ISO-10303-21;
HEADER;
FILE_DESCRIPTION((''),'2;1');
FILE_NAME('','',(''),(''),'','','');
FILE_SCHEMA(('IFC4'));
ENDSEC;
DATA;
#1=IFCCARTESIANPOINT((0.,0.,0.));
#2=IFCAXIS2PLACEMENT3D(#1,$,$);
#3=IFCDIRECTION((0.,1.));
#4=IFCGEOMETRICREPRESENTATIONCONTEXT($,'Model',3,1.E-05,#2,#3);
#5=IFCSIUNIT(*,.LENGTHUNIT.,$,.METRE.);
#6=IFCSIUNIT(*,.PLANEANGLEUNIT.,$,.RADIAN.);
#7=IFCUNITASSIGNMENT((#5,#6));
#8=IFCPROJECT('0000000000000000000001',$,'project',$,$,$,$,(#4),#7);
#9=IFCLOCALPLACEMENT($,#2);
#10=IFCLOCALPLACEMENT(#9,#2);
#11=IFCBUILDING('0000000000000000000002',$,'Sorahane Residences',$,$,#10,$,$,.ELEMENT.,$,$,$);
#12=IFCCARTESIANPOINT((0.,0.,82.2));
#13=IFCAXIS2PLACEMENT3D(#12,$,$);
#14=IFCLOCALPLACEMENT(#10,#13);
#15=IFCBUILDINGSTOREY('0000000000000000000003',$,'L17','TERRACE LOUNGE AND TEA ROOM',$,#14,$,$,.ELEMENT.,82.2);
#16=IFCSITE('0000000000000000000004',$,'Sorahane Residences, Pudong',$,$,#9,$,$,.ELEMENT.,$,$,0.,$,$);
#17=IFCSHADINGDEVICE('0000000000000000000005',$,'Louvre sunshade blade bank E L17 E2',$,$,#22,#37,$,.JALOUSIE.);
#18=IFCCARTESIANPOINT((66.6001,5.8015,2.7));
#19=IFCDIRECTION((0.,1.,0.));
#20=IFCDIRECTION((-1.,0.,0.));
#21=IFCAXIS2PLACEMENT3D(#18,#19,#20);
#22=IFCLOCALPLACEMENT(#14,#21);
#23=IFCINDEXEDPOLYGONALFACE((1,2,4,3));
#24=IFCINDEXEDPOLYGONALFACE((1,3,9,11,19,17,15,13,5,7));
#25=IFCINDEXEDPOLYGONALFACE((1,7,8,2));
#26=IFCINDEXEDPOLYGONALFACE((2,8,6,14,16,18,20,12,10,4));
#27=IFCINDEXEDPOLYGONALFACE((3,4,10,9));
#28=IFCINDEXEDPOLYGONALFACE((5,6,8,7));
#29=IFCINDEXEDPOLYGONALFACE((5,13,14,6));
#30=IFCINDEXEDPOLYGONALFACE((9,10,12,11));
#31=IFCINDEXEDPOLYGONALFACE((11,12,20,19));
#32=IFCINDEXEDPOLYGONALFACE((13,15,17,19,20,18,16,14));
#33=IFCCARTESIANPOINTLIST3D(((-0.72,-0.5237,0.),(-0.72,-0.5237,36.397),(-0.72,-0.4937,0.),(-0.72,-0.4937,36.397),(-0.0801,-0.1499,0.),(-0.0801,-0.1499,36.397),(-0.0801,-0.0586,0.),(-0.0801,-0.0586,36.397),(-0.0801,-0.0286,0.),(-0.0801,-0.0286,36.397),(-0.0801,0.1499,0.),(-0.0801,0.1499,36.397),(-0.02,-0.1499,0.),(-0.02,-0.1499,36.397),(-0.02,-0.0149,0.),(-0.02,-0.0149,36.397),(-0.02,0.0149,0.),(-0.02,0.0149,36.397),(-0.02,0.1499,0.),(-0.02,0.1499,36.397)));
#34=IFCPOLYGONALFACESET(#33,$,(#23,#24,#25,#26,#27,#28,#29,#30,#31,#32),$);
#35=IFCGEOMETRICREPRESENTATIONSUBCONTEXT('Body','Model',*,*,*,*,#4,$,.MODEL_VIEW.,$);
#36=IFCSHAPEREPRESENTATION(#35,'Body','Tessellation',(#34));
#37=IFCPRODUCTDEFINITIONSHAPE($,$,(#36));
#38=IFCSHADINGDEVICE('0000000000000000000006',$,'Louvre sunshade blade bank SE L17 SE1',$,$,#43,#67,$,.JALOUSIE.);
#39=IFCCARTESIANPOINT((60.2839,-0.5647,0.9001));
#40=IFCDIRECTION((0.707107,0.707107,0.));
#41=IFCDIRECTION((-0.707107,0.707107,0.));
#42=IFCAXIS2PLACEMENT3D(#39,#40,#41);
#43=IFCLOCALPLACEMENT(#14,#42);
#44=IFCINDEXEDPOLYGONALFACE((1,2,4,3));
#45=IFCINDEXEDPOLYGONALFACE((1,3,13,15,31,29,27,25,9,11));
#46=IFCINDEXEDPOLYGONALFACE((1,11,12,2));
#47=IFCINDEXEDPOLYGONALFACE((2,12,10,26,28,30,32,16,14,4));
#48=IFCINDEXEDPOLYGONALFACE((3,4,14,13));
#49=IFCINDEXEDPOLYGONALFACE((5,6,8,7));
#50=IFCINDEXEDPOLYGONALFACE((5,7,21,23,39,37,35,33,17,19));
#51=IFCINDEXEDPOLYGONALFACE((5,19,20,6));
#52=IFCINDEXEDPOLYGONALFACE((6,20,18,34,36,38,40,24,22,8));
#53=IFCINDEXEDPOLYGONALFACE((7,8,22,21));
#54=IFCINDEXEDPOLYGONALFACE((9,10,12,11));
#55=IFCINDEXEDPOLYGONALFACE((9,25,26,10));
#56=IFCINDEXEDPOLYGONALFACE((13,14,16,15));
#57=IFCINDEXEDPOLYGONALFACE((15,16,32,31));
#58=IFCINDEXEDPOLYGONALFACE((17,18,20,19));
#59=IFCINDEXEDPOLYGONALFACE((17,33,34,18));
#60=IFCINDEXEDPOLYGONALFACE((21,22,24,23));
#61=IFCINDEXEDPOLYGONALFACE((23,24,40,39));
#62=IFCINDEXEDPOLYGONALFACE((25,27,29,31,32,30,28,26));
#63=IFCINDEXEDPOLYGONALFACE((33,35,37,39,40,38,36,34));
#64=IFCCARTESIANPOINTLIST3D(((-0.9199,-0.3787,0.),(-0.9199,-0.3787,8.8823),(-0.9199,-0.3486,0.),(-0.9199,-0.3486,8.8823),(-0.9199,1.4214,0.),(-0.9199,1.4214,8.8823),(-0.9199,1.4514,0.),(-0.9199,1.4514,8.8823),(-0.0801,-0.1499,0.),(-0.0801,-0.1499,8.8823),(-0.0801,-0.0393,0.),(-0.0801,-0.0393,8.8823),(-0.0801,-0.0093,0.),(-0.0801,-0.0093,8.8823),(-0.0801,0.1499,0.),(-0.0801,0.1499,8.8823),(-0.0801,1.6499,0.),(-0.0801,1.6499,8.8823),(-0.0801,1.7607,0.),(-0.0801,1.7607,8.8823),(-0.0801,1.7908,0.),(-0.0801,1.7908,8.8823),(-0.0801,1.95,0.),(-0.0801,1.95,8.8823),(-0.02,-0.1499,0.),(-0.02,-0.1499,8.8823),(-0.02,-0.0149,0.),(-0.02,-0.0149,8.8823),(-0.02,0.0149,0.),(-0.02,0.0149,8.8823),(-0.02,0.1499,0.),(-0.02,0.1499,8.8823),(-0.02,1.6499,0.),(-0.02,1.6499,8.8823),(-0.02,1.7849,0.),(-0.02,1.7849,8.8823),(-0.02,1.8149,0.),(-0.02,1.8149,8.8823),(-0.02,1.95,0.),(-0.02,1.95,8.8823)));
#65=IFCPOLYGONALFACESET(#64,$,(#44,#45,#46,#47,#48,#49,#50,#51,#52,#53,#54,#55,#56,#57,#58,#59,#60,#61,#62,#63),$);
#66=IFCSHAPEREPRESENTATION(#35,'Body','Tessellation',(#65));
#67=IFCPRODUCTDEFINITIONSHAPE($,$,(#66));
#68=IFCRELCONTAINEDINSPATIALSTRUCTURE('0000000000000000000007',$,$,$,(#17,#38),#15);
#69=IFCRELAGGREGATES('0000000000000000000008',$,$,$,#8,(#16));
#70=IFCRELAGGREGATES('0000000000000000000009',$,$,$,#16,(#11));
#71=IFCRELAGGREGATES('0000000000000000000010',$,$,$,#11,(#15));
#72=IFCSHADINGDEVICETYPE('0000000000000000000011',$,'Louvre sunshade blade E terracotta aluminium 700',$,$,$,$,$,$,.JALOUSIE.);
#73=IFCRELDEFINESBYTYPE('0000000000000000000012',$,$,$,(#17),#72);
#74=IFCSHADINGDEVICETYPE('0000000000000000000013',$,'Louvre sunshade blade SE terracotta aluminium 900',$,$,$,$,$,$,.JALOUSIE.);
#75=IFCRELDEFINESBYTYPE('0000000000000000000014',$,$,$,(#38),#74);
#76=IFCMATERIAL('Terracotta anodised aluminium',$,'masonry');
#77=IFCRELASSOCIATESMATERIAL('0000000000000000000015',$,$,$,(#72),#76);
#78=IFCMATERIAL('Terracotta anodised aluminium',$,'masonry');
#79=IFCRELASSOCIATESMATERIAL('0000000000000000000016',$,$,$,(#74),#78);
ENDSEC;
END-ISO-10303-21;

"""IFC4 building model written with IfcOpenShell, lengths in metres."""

from ifc_helpers import new_model, si_unit, direction, frame, origin, place, context, subcontext, project, spatial, polyline, outline, composite_profile, extrude, material, type_object, element, save


model = new_model("IFC4")

# Units and contexts
model_context = context("Model", 3, precision=1e-05, world=origin(), true_north=direction((0.0, 1.0)))
body_context = subcontext(model_context, "Body", "Model", "MODEL_VIEW")
ifc_project = project(units=[si_unit("LENGTHUNIT", "METRE"), si_unit("PLANEANGLEUNIT", "RADIAN")], contexts=[model_context])

# Site, building, storey
site_placement = place(None, origin())
site = spatial("IfcSite", under=ifc_project, at=site_placement, Name="Sorahane Residences, Pudong", CompositionType="ELEMENT", RefElevation=0.0)
building_placement = place(site_placement, origin())
building = spatial("IfcBuilding", under=site, at=building_placement, Name="Sorahane Residences", CompositionType="ELEMENT")
storey_placement = place(building_placement, frame((0.0, 0.0, 82.2)))
storey = spatial("IfcBuildingStorey", under=building, at=storey_placement, Name="L17", Description="TERRACE LOUNGE AND TEA ROOM", CompositionType="ELEMENT", Elevation=82.2)

# Shading devices
ifc_material_1 = material(Name="Terracotta anodised aluminium", Category="masonry")
shading_device_type_1 = type_object("IfcShadingDeviceType", Name="Louvre sunshade blade E terracotta aluminium 700", PredefinedType="JALOUSIE", material=ifc_material_1)
shading_device_1_placement = place(storey_placement, frame((66.6001, 5.8015, 2.7), z_axis=(0.0, 1.0, 0.0), x_axis=(-1.0, 0.0, 0.0)))
element("IfcShadingDevice", 1, at=shading_device_1_placement, inside=storey, type_object=shading_device_type_1, Name="Louvre sunshade blade bank E L17 E2", PredefinedType="JALOUSIE", context=body_context, shape_type="SweptSolid", body=[
    extrude(outline(polyline([(-0.72, -0.4937), (-0.72, -0.5237), (-0.0801, -0.0586), (-0.0801, -0.1499), (-0.02, -0.1499), (-0.02, -0.0149), (-0.02, 0.0149), (-0.02, 0.1499), (-0.0801, 0.1499), (-0.0801, -0.0286), (-0.72, -0.4937)])), origin(), (0.0, 0.0, 1.0), 36.397),
])
ifc_material_2 = material(Name="Terracotta anodised aluminium", Category="masonry")
shading_device_type_2 = type_object("IfcShadingDeviceType", Name="Louvre sunshade blade SE terracotta aluminium 900", PredefinedType="JALOUSIE", material=ifc_material_2)
shading_device_2_placement = place(storey_placement, frame((60.2839, -0.5647, 0.9001), z_axis=(0.707107, 0.707107, 0.0), x_axis=(-0.707107, 0.707107, 0.0)))
element("IfcShadingDevice", 2, at=shading_device_2_placement, inside=storey, type_object=shading_device_type_2, Name="Louvre sunshade blade bank SE L17 SE1", PredefinedType="JALOUSIE", context=body_context, shape_type="SweptSolid", body=[
    extrude(composite_profile([outline(polyline([(-0.9199, -0.3486), (-0.9199, -0.3787), (-0.0801, -0.0393), (-0.0801, -0.1499), (-0.02, -0.1499), (-0.02, -0.0149), (-0.02, 0.0149), (-0.02, 0.1499), (-0.0801, 0.1499), (-0.0801, -0.0093), (-0.9199, -0.3486)])), outline(polyline([(-0.9199, 1.4514), (-0.9199, 1.4214), (-0.0801, 1.7607), (-0.0801, 1.6499), (-0.02, 1.6499), (-0.02, 1.7849), (-0.02, 1.8149), (-0.02, 1.95), (-0.0801, 1.95), (-0.0801, 1.7908), (-0.9199, 1.4514)]))]), origin(), (0.0, 0.0, 1.0), 8.8823),
])

save(model, "model.ifc")
